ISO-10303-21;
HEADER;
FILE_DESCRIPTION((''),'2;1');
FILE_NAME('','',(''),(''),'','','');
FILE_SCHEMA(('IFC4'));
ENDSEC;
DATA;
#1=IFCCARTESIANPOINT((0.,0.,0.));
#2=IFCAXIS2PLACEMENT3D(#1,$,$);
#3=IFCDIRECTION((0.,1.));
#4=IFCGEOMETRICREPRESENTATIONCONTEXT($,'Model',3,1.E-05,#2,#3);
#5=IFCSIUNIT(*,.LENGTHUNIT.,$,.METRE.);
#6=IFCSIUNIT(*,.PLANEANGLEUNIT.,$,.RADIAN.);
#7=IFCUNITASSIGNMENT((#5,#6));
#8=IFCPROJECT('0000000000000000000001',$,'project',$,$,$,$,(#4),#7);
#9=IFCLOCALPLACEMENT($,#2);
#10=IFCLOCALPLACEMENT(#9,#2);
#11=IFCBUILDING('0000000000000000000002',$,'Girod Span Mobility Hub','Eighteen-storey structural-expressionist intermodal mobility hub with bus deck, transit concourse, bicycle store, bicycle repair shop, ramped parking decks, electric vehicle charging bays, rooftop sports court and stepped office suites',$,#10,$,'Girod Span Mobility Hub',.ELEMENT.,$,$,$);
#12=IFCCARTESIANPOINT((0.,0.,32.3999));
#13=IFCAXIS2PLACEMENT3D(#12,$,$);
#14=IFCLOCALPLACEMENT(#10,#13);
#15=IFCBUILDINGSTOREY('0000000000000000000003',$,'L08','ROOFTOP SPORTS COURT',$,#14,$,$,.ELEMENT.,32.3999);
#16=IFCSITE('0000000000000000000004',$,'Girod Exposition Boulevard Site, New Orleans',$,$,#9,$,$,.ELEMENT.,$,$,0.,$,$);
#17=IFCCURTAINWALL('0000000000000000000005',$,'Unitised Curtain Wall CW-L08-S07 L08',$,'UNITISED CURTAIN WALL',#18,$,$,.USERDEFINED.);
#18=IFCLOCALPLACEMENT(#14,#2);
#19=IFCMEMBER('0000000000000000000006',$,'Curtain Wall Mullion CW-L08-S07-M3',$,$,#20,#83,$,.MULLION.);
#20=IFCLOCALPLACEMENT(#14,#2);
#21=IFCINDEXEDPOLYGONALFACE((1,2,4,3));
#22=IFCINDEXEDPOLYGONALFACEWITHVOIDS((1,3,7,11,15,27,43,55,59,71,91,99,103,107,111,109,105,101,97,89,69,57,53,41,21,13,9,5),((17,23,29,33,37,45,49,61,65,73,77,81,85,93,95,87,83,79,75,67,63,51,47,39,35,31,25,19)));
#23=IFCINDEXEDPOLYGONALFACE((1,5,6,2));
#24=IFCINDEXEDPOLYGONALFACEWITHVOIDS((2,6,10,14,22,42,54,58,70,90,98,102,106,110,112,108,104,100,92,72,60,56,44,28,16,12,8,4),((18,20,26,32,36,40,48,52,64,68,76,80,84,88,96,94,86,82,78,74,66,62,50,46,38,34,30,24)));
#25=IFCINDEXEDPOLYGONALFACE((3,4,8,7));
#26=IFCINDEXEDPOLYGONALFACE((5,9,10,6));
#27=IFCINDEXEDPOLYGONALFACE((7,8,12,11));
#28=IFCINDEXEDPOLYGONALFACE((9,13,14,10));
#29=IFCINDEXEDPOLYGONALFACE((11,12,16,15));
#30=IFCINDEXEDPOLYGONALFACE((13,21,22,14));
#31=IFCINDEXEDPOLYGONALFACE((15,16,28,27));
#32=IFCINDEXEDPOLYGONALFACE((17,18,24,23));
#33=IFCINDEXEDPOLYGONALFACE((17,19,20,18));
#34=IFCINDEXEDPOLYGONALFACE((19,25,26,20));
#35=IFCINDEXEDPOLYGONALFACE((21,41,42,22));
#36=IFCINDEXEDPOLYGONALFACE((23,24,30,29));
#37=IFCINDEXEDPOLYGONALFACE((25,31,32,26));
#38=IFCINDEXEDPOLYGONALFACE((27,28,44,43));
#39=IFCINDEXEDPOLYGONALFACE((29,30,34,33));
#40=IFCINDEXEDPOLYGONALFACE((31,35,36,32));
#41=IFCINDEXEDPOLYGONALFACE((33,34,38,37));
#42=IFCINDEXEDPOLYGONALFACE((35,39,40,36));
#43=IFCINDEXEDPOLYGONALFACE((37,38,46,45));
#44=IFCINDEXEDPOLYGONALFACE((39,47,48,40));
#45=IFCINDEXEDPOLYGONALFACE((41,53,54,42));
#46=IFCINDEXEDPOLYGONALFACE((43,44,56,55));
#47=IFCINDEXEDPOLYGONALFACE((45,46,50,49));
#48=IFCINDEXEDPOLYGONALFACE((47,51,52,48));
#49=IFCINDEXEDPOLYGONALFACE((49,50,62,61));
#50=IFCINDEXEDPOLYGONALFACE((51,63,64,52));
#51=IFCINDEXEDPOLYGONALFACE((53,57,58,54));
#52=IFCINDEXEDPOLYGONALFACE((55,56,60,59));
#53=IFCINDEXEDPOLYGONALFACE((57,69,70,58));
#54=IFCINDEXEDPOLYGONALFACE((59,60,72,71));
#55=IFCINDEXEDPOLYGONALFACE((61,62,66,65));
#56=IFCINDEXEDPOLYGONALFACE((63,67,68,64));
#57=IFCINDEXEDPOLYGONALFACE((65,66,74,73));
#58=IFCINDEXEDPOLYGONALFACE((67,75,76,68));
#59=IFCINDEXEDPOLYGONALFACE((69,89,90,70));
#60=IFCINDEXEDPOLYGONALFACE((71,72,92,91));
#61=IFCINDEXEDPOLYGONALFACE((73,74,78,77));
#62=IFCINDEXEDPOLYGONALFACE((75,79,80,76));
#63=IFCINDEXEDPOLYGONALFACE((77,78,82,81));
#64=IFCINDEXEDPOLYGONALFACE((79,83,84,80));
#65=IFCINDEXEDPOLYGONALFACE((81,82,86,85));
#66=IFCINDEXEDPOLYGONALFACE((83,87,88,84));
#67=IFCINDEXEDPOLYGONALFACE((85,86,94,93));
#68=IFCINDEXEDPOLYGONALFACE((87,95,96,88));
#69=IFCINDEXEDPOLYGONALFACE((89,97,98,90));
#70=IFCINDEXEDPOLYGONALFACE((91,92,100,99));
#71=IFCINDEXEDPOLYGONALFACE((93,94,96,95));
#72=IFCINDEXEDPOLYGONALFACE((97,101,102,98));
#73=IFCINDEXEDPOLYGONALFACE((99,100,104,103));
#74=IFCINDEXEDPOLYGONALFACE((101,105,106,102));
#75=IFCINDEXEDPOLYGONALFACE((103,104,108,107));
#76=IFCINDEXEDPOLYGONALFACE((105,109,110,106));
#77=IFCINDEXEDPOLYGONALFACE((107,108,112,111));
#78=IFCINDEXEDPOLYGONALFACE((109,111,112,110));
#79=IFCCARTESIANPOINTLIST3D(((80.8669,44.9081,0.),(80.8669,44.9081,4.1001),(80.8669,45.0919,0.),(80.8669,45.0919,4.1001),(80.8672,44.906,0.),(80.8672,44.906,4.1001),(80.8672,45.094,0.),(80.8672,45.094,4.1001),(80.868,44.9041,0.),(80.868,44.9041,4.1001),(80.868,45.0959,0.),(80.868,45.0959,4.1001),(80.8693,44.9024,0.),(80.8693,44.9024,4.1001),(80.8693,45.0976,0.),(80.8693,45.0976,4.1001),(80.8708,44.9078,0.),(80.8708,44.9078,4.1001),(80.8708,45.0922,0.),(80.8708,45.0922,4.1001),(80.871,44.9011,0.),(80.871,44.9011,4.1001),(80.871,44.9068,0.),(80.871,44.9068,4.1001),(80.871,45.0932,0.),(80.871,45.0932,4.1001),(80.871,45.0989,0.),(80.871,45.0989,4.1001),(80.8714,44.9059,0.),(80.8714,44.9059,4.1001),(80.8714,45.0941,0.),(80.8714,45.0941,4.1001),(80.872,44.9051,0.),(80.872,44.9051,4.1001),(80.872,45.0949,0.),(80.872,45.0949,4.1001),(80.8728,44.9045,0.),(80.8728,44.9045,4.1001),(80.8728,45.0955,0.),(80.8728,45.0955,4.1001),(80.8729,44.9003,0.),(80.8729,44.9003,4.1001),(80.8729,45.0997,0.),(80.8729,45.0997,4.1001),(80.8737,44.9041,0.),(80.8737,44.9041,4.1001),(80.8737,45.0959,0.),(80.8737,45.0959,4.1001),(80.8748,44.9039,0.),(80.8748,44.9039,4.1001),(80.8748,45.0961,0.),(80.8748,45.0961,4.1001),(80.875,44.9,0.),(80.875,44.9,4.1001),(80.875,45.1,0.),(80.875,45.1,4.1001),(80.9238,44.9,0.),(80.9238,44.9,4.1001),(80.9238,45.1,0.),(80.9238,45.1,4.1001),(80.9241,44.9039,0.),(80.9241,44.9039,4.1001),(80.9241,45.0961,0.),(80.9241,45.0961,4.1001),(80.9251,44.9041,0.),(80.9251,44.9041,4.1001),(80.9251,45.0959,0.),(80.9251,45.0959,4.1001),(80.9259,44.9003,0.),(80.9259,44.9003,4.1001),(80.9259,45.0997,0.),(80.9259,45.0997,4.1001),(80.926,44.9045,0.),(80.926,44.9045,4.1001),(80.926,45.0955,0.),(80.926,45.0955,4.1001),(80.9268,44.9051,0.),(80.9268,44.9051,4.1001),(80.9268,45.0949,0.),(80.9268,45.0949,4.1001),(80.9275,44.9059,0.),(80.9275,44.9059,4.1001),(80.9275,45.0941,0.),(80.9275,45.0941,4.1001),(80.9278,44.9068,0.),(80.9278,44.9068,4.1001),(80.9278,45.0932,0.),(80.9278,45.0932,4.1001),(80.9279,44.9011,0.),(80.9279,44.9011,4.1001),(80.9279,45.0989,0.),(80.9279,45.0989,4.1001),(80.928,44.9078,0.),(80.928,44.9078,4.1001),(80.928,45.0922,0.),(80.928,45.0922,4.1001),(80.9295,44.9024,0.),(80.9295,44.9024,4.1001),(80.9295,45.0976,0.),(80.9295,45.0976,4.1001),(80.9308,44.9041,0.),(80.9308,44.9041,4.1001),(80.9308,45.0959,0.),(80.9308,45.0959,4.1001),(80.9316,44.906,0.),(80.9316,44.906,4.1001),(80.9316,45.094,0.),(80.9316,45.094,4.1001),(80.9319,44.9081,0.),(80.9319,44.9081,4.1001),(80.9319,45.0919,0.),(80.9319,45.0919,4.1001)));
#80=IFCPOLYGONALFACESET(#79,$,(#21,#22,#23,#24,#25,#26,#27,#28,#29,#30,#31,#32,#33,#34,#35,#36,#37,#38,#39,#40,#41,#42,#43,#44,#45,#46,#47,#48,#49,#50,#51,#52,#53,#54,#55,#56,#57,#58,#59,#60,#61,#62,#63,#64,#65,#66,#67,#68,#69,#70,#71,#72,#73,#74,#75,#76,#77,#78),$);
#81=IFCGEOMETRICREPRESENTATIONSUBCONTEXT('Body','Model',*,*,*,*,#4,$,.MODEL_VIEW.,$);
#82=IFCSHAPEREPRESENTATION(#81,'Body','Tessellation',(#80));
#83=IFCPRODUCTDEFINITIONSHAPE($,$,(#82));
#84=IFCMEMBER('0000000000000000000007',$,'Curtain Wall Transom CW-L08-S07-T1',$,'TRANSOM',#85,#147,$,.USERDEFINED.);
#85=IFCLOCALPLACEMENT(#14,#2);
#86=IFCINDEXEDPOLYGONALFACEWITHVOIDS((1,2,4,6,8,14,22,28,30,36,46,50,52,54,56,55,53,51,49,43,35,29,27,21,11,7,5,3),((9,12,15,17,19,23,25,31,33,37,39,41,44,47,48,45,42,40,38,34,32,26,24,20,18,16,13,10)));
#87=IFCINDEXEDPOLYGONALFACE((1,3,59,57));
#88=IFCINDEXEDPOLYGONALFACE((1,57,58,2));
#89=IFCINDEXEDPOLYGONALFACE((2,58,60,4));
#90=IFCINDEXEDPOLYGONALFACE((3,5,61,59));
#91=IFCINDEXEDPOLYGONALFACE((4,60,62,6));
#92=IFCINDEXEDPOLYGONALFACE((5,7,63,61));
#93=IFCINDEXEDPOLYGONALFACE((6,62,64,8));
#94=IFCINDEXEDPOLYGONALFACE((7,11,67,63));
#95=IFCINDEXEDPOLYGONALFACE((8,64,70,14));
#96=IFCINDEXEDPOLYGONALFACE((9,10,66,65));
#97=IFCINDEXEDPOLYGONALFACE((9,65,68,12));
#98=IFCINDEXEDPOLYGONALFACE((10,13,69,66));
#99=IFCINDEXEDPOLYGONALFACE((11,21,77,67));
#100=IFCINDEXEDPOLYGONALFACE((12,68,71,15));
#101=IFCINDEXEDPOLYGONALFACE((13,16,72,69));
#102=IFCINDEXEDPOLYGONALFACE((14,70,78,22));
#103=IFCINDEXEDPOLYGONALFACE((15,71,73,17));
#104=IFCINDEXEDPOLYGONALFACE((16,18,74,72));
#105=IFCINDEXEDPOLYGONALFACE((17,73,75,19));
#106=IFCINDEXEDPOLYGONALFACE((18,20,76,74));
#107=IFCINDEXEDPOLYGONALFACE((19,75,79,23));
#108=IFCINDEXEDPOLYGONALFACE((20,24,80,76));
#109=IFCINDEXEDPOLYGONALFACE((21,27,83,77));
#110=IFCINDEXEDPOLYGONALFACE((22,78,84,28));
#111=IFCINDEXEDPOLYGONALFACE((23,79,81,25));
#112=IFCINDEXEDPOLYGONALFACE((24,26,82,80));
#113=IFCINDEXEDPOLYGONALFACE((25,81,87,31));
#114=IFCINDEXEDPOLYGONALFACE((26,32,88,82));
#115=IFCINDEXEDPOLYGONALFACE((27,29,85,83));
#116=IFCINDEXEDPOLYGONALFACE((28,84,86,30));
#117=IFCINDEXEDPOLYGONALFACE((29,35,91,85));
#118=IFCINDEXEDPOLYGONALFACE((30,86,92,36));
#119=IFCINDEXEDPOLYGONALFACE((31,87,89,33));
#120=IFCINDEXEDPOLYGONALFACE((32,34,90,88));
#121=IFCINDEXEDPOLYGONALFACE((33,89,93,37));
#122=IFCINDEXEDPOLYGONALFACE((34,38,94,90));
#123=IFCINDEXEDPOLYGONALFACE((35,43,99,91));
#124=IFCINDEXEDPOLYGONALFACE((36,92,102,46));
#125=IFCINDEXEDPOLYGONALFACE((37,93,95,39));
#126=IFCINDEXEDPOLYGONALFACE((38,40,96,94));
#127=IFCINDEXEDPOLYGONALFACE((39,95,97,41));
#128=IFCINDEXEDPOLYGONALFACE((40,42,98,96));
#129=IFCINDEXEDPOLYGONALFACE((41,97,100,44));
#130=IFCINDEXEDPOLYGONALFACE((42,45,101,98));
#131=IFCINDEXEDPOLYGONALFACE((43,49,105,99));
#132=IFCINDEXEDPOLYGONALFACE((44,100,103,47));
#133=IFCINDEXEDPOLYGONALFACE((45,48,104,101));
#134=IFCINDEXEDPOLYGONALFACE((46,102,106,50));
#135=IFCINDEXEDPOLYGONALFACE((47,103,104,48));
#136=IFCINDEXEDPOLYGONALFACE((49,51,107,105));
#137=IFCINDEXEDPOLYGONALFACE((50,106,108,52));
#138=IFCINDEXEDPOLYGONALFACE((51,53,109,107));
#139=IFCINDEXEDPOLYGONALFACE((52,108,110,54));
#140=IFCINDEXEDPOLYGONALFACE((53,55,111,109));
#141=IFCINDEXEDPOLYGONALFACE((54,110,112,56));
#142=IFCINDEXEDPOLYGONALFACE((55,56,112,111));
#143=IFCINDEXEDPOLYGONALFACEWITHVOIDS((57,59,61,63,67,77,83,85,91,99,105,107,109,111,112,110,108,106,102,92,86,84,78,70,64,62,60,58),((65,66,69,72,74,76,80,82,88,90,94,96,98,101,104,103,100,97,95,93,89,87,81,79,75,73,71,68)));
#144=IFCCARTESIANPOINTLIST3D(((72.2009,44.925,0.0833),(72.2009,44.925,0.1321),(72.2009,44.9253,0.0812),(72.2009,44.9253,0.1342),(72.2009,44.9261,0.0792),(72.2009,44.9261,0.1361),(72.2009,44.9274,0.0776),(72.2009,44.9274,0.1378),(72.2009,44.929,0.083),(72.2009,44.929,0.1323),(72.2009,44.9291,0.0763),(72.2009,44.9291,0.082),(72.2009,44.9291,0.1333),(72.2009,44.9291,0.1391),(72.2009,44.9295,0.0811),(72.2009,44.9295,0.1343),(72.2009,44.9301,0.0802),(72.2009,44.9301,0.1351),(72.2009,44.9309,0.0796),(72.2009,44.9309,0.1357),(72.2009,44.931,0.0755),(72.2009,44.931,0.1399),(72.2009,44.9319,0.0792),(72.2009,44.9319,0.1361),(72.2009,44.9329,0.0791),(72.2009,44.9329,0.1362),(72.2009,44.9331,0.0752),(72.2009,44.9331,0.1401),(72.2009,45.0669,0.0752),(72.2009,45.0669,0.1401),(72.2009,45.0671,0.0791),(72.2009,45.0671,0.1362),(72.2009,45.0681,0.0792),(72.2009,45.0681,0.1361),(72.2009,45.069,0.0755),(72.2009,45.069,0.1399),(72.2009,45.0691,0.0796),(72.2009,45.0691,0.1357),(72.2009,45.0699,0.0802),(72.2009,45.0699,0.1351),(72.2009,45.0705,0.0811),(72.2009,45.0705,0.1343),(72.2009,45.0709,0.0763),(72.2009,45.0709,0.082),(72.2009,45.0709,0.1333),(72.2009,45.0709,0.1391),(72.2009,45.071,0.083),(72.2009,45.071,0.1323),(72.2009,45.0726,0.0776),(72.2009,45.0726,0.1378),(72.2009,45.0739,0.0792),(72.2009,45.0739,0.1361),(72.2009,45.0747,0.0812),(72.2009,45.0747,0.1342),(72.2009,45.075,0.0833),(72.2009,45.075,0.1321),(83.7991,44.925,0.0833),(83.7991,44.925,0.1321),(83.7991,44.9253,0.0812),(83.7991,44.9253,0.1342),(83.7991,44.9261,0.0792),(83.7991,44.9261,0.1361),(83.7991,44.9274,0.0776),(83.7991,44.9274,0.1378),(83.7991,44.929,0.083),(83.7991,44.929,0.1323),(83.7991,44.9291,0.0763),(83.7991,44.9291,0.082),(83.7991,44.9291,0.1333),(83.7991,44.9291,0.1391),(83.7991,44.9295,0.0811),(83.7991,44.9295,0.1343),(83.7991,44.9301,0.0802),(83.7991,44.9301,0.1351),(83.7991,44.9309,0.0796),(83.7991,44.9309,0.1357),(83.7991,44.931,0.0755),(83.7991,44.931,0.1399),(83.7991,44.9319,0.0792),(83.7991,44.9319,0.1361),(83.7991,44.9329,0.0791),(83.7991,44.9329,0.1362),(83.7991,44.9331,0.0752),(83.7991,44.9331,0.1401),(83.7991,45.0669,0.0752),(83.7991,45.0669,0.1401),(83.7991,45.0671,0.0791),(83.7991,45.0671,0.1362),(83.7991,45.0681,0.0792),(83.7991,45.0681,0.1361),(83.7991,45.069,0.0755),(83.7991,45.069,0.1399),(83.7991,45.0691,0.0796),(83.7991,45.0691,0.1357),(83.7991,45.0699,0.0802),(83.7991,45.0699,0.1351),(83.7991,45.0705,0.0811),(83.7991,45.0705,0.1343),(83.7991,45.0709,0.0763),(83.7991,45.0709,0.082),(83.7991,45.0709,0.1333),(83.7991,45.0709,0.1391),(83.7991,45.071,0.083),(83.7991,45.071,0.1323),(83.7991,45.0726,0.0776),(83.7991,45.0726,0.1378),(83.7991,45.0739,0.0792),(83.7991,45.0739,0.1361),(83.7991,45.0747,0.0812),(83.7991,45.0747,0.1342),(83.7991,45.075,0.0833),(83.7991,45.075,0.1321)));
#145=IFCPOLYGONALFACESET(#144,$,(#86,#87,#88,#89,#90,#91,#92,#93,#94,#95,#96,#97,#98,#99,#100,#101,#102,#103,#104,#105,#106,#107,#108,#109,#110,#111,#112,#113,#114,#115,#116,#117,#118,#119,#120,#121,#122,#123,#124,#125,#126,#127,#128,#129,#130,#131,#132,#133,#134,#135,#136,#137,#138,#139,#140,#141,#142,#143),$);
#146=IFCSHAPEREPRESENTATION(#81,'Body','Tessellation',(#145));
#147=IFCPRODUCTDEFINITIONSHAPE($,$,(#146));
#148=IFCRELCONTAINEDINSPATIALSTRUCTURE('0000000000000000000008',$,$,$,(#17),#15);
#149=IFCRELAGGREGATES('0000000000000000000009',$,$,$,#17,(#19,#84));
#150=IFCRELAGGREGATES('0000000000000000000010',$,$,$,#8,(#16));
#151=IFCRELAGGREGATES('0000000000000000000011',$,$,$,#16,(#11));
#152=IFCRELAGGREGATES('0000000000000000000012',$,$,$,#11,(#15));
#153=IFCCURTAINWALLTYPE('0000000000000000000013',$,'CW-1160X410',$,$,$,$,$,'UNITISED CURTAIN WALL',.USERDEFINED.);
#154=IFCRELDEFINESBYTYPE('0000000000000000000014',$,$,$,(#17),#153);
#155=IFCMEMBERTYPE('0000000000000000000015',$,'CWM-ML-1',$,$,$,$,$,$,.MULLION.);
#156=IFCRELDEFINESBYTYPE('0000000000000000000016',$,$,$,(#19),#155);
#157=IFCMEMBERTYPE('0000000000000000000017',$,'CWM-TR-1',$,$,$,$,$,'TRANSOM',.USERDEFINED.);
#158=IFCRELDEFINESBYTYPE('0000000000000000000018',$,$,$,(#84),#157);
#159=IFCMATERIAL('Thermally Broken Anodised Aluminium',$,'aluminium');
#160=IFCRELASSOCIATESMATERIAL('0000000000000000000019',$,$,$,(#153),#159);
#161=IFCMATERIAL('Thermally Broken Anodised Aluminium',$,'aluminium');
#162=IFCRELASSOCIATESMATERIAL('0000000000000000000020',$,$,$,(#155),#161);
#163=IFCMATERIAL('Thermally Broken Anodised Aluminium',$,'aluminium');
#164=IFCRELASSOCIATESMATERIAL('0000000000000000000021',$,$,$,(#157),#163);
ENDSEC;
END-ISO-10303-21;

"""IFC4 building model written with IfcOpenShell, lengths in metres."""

from ifc_helpers import new_model, si_unit, direction, frame, origin, origin_2d, place, context, subcontext, project, spatial, hollow_rectangle, extrude, material, material_profile, profile_set, type_object, element, aggregate, save


model = new_model("IFC4")

# Units and contexts
model_context = context("Model", 3, precision=1e-05, world=origin(), true_north=direction((0.0, 1.0)))
body_context = subcontext(model_context, "Body", "Model", "MODEL_VIEW")
ifc_project = project(units=[si_unit("LENGTHUNIT", "METRE"), si_unit("PLANEANGLEUNIT", "RADIAN")], contexts=[model_context])

# Site, building, storey
site_placement = place(None, origin())
site = spatial("IfcSite", under=ifc_project, at=site_placement, Name="Girod Exposition Boulevard Site, New Orleans", CompositionType="ELEMENT", RefElevation=0.0)
building_placement = place(site_placement, origin())
building = spatial("IfcBuilding", under=site, at=building_placement, Name="Girod Span Mobility Hub", Description="Eighteen-storey structural-expressionist intermodal mobility hub with bus deck, transit concourse, bicycle store, bicycle repair shop, ramped parking decks, electric vehicle charging bays, rooftop sports court and stepped office suites", LongName="Girod Span Mobility Hub", CompositionType="ELEMENT")
storey_placement = place(building_placement, frame((0.0, 0.0, 32.3999)))
storey = spatial("IfcBuildingStorey", under=building, at=storey_placement, Name="L08", Description="ROOFTOP SPORTS COURT", CompositionType="ELEMENT", Elevation=32.3999)

# Shared definitions
ifc_material_1 = material(Name="Thermally Broken Anodised Aluminium", Category="aluminium")
curtain_wall_type = type_object("IfcCurtainWallType", Name="CW-1160X410", ElementType="UNITISED CURTAIN WALL", PredefinedType="USERDEFINED", material=ifc_material_1)
ifc_material_2 = material(Name="Thermally Broken Anodised Aluminium", Category="aluminium")
ifc_material_profile_1 = material_profile(ifc_material_2, hollow_rectangle(XDim=0.2, YDim=0.0649, WallThickness=0.0039, InnerFilletRadius=0.0039, OuterFilletRadius=0.0081, at=origin_2d()), Name="CW-ML-65X200")
ifc_profile_set_1 = profile_set([ifc_material_profile_1], Name="Thermally Broken Anodised Aluminium")
member_type_1 = type_object("IfcMemberType", Name="CWM-ML-1", PredefinedType="MULLION", material=ifc_profile_set_1)

# Curtain wall, members
curtain_wall_1_placement = place(storey_placement, origin())
curtain_wall_1 = element("IfcCurtainWall", 1, at=curtain_wall_1_placement, inside=storey, type_object=curtain_wall_type, Name="Unitised Curtain Wall CW-L08-S07 L08", ObjectType="UNITISED CURTAIN WALL", PredefinedType="USERDEFINED")
member_1_placement = place(storey_placement, frame((80.8994, 45.0, 0.0), z_axis=(0.0, 0.0, 1.0), x_axis=(0.0, 1.0, 0.0)))
member_1 = element("IfcMember", 2, at=member_1_placement, type_object=member_type_1, Name="Curtain Wall Mullion CW-L08-S07-M3", PredefinedType="MULLION", context=body_context, shape_type="SweptSolid", body=[
    extrude(hollow_rectangle(XDim=0.2, YDim=0.0649, WallThickness=0.0039, InnerFilletRadius=0.0039, OuterFilletRadius=0.0081, at=origin_2d()), origin(), (0.0, 0.0, 1.0), 4.1001),
])
ifc_material_3 = material(Name="Thermally Broken Anodised Aluminium", Category="aluminium")
ifc_material_profile_2 = material_profile(ifc_material_3, hollow_rectangle(XDim=0.1499, YDim=0.0649, WallThickness=0.0039, InnerFilletRadius=0.0039, OuterFilletRadius=0.0081, at=origin_2d()), Name="CW-TR-65X150")
ifc_profile_set_2 = profile_set([ifc_material_profile_2], Name="Thermally Broken Anodised Aluminium")
member_type_2 = type_object("IfcMemberType", Name="CWM-TR-1", ElementType="TRANSOM", PredefinedType="USERDEFINED", material=ifc_profile_set_2)
member_2_placement = place(storey_placement, frame((72.2009, 45.0, 0.1077), z_axis=(1.0, 0.0, 0.0), x_axis=(0.0, 1.0, 0.0)))
member_2 = element("IfcMember", 3, at=member_2_placement, type_object=member_type_2, Name="Curtain Wall Transom CW-L08-S07-T1", ObjectType="TRANSOM", PredefinedType="USERDEFINED", context=body_context, shape_type="SweptSolid", body=[
    extrude(hollow_rectangle(XDim=0.1499, YDim=0.0649, WallThickness=0.0039, InnerFilletRadius=0.0039, OuterFilletRadius=0.0081, at=origin_2d()), origin(), (0.0, 0.0, 1.0), 11.5981),
])

aggregate(curtain_wall_1, [member_1, member_2])

save(model, "model.ifc")
